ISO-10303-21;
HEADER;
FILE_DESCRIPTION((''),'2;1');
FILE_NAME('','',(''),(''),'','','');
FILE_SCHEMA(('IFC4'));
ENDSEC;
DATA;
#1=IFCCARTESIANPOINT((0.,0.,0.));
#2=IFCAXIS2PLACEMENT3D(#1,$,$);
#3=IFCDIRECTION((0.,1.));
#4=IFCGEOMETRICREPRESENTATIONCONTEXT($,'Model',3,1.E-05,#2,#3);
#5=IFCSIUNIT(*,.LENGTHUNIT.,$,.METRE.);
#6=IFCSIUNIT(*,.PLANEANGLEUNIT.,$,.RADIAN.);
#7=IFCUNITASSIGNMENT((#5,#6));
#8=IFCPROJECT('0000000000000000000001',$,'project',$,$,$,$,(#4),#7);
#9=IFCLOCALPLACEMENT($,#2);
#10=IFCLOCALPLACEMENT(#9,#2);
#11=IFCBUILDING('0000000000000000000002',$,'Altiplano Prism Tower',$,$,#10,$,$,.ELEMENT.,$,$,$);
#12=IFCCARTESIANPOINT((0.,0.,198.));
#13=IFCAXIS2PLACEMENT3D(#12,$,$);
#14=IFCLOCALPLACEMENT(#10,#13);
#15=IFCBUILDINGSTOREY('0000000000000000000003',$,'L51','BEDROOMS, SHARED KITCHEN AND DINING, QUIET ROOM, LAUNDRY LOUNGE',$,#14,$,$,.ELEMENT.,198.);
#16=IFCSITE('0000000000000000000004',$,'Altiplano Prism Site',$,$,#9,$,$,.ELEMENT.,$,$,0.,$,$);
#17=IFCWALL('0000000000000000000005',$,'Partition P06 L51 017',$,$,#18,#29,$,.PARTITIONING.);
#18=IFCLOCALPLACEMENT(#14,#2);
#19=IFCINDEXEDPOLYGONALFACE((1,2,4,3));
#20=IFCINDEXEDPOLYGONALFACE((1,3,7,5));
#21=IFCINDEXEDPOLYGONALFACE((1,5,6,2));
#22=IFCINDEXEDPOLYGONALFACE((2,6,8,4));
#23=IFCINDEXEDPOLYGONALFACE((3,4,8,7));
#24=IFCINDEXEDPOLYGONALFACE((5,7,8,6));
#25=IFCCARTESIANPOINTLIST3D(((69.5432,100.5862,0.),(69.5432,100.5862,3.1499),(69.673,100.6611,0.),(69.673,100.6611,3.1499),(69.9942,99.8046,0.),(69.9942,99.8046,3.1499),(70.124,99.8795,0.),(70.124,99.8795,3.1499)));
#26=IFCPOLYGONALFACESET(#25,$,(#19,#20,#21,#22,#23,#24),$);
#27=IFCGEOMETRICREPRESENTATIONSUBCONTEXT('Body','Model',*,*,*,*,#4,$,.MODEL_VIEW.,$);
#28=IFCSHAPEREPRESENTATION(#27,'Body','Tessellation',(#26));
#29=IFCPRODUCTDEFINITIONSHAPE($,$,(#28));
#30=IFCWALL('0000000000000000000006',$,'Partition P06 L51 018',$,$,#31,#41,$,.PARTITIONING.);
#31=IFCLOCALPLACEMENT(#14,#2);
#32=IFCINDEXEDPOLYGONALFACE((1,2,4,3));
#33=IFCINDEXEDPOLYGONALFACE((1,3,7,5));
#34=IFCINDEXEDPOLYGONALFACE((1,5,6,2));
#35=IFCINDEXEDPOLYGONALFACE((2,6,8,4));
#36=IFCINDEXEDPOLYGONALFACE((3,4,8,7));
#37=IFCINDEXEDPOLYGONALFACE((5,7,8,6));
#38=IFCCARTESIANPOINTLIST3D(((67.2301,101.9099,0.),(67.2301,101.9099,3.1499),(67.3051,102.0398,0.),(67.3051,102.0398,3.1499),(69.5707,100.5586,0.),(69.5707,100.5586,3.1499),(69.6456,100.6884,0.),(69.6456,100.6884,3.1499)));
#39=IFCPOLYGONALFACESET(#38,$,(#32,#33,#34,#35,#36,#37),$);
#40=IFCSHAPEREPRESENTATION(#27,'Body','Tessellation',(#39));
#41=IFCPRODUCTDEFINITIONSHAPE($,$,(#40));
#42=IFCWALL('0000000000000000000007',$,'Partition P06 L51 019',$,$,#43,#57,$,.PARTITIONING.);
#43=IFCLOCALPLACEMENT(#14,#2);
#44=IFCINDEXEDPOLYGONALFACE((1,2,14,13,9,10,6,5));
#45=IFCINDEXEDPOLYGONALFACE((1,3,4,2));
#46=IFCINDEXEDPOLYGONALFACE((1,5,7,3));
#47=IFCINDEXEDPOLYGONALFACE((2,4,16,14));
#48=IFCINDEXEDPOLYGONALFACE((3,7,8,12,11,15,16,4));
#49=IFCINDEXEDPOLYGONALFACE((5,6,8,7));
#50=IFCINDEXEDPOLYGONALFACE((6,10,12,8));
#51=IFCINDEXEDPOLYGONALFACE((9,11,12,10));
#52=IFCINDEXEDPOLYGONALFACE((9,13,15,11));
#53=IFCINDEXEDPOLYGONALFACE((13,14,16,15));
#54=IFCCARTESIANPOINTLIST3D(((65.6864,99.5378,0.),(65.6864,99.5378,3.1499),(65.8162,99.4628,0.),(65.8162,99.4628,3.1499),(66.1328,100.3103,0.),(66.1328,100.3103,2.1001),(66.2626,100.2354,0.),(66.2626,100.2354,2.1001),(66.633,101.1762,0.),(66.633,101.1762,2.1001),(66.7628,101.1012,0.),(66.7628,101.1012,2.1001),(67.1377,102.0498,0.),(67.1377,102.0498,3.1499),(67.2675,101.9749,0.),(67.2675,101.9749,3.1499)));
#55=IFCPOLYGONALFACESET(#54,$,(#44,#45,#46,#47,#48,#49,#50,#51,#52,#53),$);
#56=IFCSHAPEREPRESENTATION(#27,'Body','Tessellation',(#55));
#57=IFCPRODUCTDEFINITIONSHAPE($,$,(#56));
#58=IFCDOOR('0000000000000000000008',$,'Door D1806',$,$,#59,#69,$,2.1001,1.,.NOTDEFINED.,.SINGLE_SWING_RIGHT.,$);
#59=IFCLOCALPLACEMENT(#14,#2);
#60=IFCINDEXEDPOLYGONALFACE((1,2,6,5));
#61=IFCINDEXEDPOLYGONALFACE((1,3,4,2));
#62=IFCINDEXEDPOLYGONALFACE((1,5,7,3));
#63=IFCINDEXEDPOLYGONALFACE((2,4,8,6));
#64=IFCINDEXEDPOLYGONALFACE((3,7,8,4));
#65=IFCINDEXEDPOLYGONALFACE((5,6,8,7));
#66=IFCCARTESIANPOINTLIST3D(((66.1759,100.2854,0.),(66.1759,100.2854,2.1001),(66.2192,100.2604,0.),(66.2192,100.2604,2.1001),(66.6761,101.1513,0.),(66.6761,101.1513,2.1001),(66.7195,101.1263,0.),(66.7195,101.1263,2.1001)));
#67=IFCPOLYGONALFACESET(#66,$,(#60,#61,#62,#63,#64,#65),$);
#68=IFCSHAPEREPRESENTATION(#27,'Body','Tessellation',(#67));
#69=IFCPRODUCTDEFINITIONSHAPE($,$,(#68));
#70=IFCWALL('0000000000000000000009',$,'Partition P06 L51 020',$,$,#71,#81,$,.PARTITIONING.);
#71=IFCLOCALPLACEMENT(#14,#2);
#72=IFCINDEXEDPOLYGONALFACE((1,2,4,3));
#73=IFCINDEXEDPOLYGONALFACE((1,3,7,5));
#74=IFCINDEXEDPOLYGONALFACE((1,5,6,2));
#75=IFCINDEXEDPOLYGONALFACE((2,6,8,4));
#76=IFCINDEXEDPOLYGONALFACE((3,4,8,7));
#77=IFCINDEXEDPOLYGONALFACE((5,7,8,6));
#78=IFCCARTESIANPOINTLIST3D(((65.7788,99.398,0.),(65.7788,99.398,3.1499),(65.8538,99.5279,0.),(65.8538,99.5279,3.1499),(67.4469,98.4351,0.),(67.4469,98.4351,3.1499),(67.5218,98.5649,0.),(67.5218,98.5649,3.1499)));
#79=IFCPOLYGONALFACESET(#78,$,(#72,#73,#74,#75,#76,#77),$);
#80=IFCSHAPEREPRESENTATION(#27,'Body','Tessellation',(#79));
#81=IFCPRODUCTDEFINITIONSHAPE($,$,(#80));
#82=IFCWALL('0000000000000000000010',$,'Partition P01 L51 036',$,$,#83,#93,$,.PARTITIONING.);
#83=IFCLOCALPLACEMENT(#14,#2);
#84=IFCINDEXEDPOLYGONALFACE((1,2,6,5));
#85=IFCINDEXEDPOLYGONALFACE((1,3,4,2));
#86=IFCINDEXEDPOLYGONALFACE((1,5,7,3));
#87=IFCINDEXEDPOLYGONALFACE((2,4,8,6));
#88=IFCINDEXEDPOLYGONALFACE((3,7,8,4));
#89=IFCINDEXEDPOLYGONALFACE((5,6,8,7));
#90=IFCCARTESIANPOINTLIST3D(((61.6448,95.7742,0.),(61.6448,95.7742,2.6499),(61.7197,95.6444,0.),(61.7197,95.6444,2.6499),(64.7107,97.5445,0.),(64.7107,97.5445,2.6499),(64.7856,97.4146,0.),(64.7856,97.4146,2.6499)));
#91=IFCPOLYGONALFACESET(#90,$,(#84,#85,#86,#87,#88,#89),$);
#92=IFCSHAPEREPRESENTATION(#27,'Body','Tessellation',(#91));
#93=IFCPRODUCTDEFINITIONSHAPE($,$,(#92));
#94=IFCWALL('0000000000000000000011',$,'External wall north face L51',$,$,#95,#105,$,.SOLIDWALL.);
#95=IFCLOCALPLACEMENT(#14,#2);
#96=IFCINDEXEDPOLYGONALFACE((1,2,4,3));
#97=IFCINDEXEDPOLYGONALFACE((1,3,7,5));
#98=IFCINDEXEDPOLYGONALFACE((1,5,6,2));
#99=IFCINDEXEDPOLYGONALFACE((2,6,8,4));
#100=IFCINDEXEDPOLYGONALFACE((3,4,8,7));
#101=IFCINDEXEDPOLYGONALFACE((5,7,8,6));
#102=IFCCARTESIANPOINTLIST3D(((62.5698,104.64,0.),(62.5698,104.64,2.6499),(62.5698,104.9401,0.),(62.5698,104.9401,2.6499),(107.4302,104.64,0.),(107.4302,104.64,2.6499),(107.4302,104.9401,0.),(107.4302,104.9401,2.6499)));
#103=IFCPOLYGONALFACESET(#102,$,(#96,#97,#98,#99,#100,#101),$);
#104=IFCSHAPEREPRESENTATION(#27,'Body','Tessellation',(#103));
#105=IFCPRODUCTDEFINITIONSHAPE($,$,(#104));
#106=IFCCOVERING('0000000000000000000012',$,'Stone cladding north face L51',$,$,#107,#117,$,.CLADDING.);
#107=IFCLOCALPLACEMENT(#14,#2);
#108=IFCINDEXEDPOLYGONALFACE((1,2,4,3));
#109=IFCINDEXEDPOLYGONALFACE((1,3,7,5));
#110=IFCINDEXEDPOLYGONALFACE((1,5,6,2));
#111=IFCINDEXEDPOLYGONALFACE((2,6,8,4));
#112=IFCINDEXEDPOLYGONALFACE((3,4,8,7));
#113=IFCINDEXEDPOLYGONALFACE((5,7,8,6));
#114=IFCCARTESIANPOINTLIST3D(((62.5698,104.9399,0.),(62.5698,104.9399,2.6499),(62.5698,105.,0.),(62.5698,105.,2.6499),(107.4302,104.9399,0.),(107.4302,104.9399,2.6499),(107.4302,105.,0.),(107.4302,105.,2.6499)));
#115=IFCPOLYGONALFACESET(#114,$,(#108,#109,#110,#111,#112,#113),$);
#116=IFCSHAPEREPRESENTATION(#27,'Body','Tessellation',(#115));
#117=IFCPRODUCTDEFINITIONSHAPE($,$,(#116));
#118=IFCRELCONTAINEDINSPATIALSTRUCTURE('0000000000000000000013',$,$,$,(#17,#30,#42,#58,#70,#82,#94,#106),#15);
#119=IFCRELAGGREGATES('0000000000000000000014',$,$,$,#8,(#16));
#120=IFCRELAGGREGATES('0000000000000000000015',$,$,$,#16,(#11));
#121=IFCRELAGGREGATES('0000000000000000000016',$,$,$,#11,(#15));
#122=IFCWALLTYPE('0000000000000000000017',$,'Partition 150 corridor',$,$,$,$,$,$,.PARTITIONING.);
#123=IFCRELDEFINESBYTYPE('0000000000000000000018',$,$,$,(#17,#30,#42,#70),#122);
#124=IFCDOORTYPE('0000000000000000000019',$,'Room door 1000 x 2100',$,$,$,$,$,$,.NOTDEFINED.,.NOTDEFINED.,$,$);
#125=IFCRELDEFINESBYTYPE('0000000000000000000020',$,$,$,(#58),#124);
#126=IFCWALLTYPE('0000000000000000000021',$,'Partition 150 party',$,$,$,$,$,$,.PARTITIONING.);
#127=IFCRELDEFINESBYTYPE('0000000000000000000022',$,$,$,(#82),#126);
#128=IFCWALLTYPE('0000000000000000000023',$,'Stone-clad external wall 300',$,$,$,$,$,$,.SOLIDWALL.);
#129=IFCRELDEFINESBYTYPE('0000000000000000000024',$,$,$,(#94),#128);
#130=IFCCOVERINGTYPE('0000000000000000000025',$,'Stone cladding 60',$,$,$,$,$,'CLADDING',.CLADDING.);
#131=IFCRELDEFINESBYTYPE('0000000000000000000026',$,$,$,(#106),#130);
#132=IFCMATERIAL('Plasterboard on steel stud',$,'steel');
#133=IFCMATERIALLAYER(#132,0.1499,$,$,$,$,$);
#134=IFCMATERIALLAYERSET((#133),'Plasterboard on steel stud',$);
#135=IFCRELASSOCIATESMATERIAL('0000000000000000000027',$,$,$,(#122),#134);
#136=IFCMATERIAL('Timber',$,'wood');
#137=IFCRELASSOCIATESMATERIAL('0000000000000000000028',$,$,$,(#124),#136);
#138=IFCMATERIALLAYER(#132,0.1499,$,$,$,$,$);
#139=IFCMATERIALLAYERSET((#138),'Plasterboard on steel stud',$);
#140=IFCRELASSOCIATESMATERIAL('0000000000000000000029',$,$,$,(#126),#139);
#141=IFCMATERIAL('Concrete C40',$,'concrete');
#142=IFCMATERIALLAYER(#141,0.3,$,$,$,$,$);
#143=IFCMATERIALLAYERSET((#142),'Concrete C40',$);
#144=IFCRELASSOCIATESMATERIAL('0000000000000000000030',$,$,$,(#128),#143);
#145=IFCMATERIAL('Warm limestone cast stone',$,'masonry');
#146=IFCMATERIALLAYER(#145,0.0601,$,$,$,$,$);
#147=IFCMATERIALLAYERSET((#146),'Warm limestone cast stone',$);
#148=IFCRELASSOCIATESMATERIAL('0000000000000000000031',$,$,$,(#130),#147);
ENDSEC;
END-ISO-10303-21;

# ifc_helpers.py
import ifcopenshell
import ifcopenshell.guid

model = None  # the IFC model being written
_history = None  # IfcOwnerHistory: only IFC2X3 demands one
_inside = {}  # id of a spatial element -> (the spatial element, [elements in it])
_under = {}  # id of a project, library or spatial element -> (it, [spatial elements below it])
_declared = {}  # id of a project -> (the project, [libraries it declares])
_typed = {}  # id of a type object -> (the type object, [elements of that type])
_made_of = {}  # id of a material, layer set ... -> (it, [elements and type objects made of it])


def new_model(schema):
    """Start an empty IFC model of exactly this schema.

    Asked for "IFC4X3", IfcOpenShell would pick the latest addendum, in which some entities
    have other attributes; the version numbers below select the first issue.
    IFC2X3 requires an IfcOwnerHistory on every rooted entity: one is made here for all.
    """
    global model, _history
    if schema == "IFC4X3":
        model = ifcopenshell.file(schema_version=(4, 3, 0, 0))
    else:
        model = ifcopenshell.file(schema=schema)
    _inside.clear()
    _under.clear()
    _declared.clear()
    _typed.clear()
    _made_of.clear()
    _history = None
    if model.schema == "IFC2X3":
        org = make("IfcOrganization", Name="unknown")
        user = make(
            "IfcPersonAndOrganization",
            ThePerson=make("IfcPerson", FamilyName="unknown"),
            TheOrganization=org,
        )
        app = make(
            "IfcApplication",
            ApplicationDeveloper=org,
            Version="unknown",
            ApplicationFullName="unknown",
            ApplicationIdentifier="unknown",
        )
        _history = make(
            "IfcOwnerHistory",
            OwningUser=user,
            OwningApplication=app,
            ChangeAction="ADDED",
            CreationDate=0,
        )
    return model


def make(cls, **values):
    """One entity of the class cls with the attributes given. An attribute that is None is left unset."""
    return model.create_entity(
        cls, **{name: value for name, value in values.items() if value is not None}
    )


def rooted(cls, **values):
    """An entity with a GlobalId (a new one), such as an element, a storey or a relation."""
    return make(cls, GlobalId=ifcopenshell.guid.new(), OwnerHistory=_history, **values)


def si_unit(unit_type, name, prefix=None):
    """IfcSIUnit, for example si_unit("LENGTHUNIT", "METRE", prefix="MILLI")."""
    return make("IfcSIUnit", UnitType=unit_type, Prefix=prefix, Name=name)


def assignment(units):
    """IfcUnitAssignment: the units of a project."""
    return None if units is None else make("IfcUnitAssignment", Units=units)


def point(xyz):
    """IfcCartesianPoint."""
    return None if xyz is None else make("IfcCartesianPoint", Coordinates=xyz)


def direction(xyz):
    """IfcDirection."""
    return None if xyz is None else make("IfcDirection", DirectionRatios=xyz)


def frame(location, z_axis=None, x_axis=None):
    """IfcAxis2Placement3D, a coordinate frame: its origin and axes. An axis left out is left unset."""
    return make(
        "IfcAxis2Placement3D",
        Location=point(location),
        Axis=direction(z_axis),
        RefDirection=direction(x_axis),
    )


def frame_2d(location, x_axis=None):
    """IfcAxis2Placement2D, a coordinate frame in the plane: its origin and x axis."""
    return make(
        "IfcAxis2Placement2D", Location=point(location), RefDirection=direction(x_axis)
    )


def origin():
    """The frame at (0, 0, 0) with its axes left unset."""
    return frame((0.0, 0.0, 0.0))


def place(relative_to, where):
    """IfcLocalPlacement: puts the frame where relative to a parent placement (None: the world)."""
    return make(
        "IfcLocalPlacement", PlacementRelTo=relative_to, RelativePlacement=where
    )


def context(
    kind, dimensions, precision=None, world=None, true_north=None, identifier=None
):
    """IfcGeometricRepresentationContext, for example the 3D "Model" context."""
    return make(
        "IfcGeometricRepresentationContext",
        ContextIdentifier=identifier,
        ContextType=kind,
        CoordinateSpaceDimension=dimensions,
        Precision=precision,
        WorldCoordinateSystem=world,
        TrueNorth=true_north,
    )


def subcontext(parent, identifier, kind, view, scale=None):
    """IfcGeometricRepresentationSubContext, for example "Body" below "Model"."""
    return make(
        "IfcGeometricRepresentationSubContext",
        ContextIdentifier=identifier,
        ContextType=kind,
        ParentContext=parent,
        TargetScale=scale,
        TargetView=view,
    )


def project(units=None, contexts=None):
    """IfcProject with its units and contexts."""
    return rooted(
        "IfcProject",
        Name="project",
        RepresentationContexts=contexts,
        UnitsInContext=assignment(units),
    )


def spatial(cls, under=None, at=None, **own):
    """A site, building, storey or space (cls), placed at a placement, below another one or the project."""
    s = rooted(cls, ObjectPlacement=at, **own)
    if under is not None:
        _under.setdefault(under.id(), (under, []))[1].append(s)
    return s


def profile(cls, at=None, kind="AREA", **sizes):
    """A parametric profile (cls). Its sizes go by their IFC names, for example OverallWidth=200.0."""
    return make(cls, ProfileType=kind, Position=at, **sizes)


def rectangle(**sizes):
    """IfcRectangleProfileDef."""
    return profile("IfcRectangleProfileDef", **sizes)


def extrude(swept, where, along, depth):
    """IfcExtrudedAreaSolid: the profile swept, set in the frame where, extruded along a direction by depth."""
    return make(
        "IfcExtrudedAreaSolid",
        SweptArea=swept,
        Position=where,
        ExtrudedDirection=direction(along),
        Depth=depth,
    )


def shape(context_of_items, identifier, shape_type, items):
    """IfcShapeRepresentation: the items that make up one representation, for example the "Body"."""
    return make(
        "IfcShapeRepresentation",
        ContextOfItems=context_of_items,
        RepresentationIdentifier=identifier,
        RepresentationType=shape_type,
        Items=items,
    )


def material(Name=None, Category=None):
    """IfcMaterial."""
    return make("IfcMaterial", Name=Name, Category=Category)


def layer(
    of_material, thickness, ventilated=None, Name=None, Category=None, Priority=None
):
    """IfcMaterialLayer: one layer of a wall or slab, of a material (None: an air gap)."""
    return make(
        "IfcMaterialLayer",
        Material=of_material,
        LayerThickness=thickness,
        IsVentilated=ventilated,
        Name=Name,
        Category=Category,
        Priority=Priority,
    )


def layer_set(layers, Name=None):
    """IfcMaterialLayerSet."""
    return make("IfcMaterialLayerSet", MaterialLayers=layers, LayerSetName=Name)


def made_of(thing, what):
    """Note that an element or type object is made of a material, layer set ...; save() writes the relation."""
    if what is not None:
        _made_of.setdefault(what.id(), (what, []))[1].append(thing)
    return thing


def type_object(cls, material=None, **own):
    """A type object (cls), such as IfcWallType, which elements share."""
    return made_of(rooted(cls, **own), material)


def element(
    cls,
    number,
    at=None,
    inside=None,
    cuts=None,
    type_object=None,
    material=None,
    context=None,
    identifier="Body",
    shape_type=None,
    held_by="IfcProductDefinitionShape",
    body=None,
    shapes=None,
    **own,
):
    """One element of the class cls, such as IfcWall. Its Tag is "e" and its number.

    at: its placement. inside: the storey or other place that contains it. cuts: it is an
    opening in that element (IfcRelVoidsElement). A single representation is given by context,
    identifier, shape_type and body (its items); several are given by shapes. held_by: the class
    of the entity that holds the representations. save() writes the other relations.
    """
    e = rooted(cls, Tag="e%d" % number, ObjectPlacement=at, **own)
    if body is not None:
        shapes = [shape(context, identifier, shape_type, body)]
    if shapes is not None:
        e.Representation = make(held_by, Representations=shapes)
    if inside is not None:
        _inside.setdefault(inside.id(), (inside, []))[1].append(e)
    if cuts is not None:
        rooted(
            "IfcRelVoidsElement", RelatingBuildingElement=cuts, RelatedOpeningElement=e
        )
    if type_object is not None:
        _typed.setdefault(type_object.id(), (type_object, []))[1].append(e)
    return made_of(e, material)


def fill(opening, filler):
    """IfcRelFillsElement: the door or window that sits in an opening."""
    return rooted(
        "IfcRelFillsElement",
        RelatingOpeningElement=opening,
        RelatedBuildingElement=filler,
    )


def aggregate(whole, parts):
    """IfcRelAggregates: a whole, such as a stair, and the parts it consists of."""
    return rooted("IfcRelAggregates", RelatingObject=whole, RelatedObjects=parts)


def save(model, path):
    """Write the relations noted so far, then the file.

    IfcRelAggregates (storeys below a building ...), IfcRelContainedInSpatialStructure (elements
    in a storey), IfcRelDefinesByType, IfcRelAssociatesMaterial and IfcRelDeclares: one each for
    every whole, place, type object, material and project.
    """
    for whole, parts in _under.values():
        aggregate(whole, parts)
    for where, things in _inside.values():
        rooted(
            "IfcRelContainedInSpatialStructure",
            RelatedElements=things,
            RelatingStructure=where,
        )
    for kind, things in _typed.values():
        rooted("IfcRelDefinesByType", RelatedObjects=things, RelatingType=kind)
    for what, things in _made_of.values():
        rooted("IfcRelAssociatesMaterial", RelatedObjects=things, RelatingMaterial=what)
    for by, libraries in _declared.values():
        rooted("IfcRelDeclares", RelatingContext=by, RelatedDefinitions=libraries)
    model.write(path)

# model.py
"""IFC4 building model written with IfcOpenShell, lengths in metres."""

from ifc_helpers import new_model, si_unit, direction, frame, frame_2d, origin, place, context, subcontext, project, spatial, rectangle, extrude, material, layer, layer_set, type_object, element, fill, save


model = new_model("IFC4")

# Units and contexts
model_context = context("Model", 3, precision=1e-05, world=origin(), true_north=direction((0.0, 1.0)))
body_context = subcontext(model_context, "Body", "Model", "MODEL_VIEW")
ifc_project = project(units=[si_unit("LENGTHUNIT", "METRE"), si_unit("PLANEANGLEUNIT", "RADIAN")], contexts=[model_context])

# Site, building, storey
site_placement = place(None, origin())
site = spatial("IfcSite", under=ifc_project, at=site_placement, Name="Altiplano Prism Site", CompositionType="ELEMENT", RefElevation=0.0)
building_placement = place(site_placement, origin())
building = spatial("IfcBuilding", under=site, at=building_placement, Name="Altiplano Prism Tower", CompositionType="ELEMENT")
storey_placement = place(building_placement, frame((0.0, 0.0, 198.0)))
storey = spatial("IfcBuildingStorey", under=building, at=storey_placement, Name="L51", Description="BEDROOMS, SHARED KITCHEN AND DINING, QUIET ROOM, LAUNDRY LOUNGE", CompositionType="ELEMENT", Elevation=198.0)

# Shared definitions
ifc_material_1 = material(Name="Plasterboard on steel stud", Category="steel")

# Shared definitions
ifc_layer_1 = layer(ifc_material_1, 0.1499)
ifc_layer_set_1 = layer_set([ifc_layer_1], Name="Plasterboard on steel stud")
wall_type_1 = type_object("IfcWallType", Name="Partition 150 corridor", PredefinedType="PARTITIONING", material=ifc_layer_set_1)
ifc_material_2 = material(Name="Timber", Category="wood")

# Walls
wall_1_placement = place(storey_placement, frame((70.0591, 99.842, 0.0), z_axis=(0.0, 0.0, 1.0), x_axis=(-0.499777, 0.866154, 0.0)))
element("IfcWall", 1, at=wall_1_placement, inside=storey, type_object=wall_type_1, Name="Partition P06 L51 017", PredefinedType="PARTITIONING", context=body_context, shape_type="SweptSolid", body=[
    extrude(rectangle(XDim=0.9023, YDim=0.1499, at=frame_2d((0.4512, 0.0))), origin(), (0.0, 0.0, 1.0), 3.1499),
])
wall_2_placement = place(storey_placement, frame((69.6082, 100.6235, 0.0), z_axis=(0.0, 0.0, 1.0), x_axis=(-0.866028, 0.499996, 0.0)))
element("IfcWall", 2, at=wall_2_placement, inside=storey, type_object=wall_type_1, Name="Partition P06 L51 018", PredefinedType="PARTITIONING", context=body_context, shape_type="SweptSolid", body=[
    extrude(rectangle(XDim=2.7026, YDim=0.1499, at=frame_2d((1.3513, 0.0))), origin(), (0.0, 0.0, 1.0), 3.1499),
])

# Wall, opening, door
wall_3_placement = place(storey_placement, frame((67.2026, 102.0125, 0.0), z_axis=(0.0, 0.0, 1.0), x_axis=(-0.50023, -0.865893, 0.0)))
wall_3 = element("IfcWall", 3, at=wall_3_placement, inside=storey, type_object=wall_type_1, Name="Partition P06 L51 019", PredefinedType="PARTITIONING", context=body_context, shape_type="SweptSolid", body=[
    extrude(rectangle(XDim=2.9011, YDim=0.1499, at=frame_2d((1.4507, 0.0))), origin(), (0.0, 0.0, 1.0), 3.1499),
])
opening_1_placement = place(wall_3_placement, frame((1.009, 0.0, 0.0)))
opening_1 = element("IfcOpeningElement", 4, at=opening_1_placement, cuts=wall_3, PredefinedType="OPENING", context=body_context, shape_type="SweptSolid", body=[
    extrude(rectangle(XDim=1.0, YDim=2.1001, at=frame_2d((0.5, 1.05))), frame((0.0, 0.0854, 0.0), z_axis=(0.0, -1.0, 0.0), x_axis=(1.0, 0.0, 0.0)), (0.0, 0.0, 1.0), 0.1709),
])
door_type_1 = type_object("IfcDoorType", Name="Room door 1000 x 2100", OperationType="NOTDEFINED", PredefinedType="NOTDEFINED", material=ifc_material_2)
door_1_placement = place(opening_1_placement, origin())
door_1 = element("IfcDoor", 5, at=door_1_placement, inside=storey, type_object=door_type_1, Name="Door D1806", OperationType="SINGLE_SWING_RIGHT", OverallHeight=2.1001, OverallWidth=1.0, PredefinedType="NOTDEFINED", context=body_context, shape_type="SweptSolid", body=[
    extrude(rectangle(XDim=1.0, YDim=2.1001, at=frame_2d((0.5, 1.05))), frame((0.0, 0.0249, 0.0), z_axis=(0.0, -1.0, 0.0), x_axis=(1.0, 0.0, 0.0)), (0.0, 0.0, 1.0), 0.05),
])
fill(opening_1, door_1)

# Walls
wall_4_placement = place(storey_placement, frame((65.8164, 99.4629, 0.0), z_axis=(0.0, 0.0, 1.0), x_axis=(0.86605, -0.499957, 0.0)))
element("IfcWall", 6, at=wall_4_placement, inside=storey, type_object=wall_type_1, Name="Partition P06 L51 020", PredefinedType="PARTITIONING", context=body_context, shape_type="SweptSolid", body=[
    extrude(rectangle(XDim=1.926, YDim=0.1499, at=frame_2d((0.9629, 0.0))), origin(), (0.0, 0.0, 1.0), 3.1499),
])
ifc_layer_2 = layer(ifc_material_1, 0.1499)
ifc_layer_set_2 = layer_set([ifc_layer_2], Name="Plasterboard on steel stud")
wall_type_2 = type_object("IfcWallType", Name="Partition 150 party", PredefinedType="PARTITIONING", material=ifc_layer_set_2)
wall_5_placement = place(storey_placement, frame((64.748, 97.4795, 0.0), z_axis=(0.0, 0.0, 1.0), x_axis=(-0.866006, -0.500033, 0.0)))
element("IfcWall", 7, at=wall_5_placement, inside=storey, type_object=wall_type_2, Name="Partition P01 L51 036", PredefinedType="PARTITIONING", context=body_context, shape_type="SweptSolid", body=[
    extrude(rectangle(XDim=3.5403, YDim=0.1499, at=frame_2d((1.77, 0.0))), origin(), (0.0, 0.0, 1.0), 2.6499),
])
ifc_material_3 = material(Name="Concrete C40", Category="concrete")
ifc_layer_3 = layer(ifc_material_3, 0.3)
ifc_layer_set_3 = layer_set([ifc_layer_3], Name="Concrete C40")
wall_type_3 = type_object("IfcWallType", Name="Stone-clad external wall 300", PredefinedType="SOLIDWALL", material=ifc_layer_set_3)
wall_6_placement = place(storey_placement, frame((62.5698, 104.79, 0.0), z_axis=(0.0, 0.0, 1.0), x_axis=(1.0, 0.0, 0.0)))
element("IfcWall", 8, at=wall_6_placement, inside=storey, type_object=wall_type_3, Name="External wall north face L51", PredefinedType="SOLIDWALL", context=body_context, shape_type="SweptSolid", body=[
    extrude(rectangle(XDim=44.8604, YDim=0.3, at=frame_2d((22.4302, 0.0))), origin(), (0.0, 0.0, 1.0), 2.6499),
])

# Covering
ifc_material_4 = material(Name="Warm limestone cast stone", Category="masonry")
ifc_layer_4 = layer(ifc_material_4, 0.0601)
ifc_layer_set_4 = layer_set([ifc_layer_4], Name="Warm limestone cast stone")
covering_type = type_object("IfcCoveringType", Name="Stone cladding 60", ElementType="CLADDING", PredefinedType="CLADDING", material=ifc_layer_set_4)
covering_placement = place(storey_placement, frame((62.5698, 104.97, 0.0), z_axis=(0.0, 0.0, 1.0), x_axis=(1.0, 0.0, 0.0)))
element("IfcCovering", 9, at=covering_placement, inside=storey, type_object=covering_type, Name="Stone cladding north face L51", PredefinedType="CLADDING", context=body_context, shape_type="SweptSolid", body=[
    extrude(rectangle(XDim=44.8604, YDim=0.0601, at=frame_2d((22.4302, 0.0))), origin(), (0.0, 0.0, 1.0), 2.6499),
])

save(model, "model.ifc")
